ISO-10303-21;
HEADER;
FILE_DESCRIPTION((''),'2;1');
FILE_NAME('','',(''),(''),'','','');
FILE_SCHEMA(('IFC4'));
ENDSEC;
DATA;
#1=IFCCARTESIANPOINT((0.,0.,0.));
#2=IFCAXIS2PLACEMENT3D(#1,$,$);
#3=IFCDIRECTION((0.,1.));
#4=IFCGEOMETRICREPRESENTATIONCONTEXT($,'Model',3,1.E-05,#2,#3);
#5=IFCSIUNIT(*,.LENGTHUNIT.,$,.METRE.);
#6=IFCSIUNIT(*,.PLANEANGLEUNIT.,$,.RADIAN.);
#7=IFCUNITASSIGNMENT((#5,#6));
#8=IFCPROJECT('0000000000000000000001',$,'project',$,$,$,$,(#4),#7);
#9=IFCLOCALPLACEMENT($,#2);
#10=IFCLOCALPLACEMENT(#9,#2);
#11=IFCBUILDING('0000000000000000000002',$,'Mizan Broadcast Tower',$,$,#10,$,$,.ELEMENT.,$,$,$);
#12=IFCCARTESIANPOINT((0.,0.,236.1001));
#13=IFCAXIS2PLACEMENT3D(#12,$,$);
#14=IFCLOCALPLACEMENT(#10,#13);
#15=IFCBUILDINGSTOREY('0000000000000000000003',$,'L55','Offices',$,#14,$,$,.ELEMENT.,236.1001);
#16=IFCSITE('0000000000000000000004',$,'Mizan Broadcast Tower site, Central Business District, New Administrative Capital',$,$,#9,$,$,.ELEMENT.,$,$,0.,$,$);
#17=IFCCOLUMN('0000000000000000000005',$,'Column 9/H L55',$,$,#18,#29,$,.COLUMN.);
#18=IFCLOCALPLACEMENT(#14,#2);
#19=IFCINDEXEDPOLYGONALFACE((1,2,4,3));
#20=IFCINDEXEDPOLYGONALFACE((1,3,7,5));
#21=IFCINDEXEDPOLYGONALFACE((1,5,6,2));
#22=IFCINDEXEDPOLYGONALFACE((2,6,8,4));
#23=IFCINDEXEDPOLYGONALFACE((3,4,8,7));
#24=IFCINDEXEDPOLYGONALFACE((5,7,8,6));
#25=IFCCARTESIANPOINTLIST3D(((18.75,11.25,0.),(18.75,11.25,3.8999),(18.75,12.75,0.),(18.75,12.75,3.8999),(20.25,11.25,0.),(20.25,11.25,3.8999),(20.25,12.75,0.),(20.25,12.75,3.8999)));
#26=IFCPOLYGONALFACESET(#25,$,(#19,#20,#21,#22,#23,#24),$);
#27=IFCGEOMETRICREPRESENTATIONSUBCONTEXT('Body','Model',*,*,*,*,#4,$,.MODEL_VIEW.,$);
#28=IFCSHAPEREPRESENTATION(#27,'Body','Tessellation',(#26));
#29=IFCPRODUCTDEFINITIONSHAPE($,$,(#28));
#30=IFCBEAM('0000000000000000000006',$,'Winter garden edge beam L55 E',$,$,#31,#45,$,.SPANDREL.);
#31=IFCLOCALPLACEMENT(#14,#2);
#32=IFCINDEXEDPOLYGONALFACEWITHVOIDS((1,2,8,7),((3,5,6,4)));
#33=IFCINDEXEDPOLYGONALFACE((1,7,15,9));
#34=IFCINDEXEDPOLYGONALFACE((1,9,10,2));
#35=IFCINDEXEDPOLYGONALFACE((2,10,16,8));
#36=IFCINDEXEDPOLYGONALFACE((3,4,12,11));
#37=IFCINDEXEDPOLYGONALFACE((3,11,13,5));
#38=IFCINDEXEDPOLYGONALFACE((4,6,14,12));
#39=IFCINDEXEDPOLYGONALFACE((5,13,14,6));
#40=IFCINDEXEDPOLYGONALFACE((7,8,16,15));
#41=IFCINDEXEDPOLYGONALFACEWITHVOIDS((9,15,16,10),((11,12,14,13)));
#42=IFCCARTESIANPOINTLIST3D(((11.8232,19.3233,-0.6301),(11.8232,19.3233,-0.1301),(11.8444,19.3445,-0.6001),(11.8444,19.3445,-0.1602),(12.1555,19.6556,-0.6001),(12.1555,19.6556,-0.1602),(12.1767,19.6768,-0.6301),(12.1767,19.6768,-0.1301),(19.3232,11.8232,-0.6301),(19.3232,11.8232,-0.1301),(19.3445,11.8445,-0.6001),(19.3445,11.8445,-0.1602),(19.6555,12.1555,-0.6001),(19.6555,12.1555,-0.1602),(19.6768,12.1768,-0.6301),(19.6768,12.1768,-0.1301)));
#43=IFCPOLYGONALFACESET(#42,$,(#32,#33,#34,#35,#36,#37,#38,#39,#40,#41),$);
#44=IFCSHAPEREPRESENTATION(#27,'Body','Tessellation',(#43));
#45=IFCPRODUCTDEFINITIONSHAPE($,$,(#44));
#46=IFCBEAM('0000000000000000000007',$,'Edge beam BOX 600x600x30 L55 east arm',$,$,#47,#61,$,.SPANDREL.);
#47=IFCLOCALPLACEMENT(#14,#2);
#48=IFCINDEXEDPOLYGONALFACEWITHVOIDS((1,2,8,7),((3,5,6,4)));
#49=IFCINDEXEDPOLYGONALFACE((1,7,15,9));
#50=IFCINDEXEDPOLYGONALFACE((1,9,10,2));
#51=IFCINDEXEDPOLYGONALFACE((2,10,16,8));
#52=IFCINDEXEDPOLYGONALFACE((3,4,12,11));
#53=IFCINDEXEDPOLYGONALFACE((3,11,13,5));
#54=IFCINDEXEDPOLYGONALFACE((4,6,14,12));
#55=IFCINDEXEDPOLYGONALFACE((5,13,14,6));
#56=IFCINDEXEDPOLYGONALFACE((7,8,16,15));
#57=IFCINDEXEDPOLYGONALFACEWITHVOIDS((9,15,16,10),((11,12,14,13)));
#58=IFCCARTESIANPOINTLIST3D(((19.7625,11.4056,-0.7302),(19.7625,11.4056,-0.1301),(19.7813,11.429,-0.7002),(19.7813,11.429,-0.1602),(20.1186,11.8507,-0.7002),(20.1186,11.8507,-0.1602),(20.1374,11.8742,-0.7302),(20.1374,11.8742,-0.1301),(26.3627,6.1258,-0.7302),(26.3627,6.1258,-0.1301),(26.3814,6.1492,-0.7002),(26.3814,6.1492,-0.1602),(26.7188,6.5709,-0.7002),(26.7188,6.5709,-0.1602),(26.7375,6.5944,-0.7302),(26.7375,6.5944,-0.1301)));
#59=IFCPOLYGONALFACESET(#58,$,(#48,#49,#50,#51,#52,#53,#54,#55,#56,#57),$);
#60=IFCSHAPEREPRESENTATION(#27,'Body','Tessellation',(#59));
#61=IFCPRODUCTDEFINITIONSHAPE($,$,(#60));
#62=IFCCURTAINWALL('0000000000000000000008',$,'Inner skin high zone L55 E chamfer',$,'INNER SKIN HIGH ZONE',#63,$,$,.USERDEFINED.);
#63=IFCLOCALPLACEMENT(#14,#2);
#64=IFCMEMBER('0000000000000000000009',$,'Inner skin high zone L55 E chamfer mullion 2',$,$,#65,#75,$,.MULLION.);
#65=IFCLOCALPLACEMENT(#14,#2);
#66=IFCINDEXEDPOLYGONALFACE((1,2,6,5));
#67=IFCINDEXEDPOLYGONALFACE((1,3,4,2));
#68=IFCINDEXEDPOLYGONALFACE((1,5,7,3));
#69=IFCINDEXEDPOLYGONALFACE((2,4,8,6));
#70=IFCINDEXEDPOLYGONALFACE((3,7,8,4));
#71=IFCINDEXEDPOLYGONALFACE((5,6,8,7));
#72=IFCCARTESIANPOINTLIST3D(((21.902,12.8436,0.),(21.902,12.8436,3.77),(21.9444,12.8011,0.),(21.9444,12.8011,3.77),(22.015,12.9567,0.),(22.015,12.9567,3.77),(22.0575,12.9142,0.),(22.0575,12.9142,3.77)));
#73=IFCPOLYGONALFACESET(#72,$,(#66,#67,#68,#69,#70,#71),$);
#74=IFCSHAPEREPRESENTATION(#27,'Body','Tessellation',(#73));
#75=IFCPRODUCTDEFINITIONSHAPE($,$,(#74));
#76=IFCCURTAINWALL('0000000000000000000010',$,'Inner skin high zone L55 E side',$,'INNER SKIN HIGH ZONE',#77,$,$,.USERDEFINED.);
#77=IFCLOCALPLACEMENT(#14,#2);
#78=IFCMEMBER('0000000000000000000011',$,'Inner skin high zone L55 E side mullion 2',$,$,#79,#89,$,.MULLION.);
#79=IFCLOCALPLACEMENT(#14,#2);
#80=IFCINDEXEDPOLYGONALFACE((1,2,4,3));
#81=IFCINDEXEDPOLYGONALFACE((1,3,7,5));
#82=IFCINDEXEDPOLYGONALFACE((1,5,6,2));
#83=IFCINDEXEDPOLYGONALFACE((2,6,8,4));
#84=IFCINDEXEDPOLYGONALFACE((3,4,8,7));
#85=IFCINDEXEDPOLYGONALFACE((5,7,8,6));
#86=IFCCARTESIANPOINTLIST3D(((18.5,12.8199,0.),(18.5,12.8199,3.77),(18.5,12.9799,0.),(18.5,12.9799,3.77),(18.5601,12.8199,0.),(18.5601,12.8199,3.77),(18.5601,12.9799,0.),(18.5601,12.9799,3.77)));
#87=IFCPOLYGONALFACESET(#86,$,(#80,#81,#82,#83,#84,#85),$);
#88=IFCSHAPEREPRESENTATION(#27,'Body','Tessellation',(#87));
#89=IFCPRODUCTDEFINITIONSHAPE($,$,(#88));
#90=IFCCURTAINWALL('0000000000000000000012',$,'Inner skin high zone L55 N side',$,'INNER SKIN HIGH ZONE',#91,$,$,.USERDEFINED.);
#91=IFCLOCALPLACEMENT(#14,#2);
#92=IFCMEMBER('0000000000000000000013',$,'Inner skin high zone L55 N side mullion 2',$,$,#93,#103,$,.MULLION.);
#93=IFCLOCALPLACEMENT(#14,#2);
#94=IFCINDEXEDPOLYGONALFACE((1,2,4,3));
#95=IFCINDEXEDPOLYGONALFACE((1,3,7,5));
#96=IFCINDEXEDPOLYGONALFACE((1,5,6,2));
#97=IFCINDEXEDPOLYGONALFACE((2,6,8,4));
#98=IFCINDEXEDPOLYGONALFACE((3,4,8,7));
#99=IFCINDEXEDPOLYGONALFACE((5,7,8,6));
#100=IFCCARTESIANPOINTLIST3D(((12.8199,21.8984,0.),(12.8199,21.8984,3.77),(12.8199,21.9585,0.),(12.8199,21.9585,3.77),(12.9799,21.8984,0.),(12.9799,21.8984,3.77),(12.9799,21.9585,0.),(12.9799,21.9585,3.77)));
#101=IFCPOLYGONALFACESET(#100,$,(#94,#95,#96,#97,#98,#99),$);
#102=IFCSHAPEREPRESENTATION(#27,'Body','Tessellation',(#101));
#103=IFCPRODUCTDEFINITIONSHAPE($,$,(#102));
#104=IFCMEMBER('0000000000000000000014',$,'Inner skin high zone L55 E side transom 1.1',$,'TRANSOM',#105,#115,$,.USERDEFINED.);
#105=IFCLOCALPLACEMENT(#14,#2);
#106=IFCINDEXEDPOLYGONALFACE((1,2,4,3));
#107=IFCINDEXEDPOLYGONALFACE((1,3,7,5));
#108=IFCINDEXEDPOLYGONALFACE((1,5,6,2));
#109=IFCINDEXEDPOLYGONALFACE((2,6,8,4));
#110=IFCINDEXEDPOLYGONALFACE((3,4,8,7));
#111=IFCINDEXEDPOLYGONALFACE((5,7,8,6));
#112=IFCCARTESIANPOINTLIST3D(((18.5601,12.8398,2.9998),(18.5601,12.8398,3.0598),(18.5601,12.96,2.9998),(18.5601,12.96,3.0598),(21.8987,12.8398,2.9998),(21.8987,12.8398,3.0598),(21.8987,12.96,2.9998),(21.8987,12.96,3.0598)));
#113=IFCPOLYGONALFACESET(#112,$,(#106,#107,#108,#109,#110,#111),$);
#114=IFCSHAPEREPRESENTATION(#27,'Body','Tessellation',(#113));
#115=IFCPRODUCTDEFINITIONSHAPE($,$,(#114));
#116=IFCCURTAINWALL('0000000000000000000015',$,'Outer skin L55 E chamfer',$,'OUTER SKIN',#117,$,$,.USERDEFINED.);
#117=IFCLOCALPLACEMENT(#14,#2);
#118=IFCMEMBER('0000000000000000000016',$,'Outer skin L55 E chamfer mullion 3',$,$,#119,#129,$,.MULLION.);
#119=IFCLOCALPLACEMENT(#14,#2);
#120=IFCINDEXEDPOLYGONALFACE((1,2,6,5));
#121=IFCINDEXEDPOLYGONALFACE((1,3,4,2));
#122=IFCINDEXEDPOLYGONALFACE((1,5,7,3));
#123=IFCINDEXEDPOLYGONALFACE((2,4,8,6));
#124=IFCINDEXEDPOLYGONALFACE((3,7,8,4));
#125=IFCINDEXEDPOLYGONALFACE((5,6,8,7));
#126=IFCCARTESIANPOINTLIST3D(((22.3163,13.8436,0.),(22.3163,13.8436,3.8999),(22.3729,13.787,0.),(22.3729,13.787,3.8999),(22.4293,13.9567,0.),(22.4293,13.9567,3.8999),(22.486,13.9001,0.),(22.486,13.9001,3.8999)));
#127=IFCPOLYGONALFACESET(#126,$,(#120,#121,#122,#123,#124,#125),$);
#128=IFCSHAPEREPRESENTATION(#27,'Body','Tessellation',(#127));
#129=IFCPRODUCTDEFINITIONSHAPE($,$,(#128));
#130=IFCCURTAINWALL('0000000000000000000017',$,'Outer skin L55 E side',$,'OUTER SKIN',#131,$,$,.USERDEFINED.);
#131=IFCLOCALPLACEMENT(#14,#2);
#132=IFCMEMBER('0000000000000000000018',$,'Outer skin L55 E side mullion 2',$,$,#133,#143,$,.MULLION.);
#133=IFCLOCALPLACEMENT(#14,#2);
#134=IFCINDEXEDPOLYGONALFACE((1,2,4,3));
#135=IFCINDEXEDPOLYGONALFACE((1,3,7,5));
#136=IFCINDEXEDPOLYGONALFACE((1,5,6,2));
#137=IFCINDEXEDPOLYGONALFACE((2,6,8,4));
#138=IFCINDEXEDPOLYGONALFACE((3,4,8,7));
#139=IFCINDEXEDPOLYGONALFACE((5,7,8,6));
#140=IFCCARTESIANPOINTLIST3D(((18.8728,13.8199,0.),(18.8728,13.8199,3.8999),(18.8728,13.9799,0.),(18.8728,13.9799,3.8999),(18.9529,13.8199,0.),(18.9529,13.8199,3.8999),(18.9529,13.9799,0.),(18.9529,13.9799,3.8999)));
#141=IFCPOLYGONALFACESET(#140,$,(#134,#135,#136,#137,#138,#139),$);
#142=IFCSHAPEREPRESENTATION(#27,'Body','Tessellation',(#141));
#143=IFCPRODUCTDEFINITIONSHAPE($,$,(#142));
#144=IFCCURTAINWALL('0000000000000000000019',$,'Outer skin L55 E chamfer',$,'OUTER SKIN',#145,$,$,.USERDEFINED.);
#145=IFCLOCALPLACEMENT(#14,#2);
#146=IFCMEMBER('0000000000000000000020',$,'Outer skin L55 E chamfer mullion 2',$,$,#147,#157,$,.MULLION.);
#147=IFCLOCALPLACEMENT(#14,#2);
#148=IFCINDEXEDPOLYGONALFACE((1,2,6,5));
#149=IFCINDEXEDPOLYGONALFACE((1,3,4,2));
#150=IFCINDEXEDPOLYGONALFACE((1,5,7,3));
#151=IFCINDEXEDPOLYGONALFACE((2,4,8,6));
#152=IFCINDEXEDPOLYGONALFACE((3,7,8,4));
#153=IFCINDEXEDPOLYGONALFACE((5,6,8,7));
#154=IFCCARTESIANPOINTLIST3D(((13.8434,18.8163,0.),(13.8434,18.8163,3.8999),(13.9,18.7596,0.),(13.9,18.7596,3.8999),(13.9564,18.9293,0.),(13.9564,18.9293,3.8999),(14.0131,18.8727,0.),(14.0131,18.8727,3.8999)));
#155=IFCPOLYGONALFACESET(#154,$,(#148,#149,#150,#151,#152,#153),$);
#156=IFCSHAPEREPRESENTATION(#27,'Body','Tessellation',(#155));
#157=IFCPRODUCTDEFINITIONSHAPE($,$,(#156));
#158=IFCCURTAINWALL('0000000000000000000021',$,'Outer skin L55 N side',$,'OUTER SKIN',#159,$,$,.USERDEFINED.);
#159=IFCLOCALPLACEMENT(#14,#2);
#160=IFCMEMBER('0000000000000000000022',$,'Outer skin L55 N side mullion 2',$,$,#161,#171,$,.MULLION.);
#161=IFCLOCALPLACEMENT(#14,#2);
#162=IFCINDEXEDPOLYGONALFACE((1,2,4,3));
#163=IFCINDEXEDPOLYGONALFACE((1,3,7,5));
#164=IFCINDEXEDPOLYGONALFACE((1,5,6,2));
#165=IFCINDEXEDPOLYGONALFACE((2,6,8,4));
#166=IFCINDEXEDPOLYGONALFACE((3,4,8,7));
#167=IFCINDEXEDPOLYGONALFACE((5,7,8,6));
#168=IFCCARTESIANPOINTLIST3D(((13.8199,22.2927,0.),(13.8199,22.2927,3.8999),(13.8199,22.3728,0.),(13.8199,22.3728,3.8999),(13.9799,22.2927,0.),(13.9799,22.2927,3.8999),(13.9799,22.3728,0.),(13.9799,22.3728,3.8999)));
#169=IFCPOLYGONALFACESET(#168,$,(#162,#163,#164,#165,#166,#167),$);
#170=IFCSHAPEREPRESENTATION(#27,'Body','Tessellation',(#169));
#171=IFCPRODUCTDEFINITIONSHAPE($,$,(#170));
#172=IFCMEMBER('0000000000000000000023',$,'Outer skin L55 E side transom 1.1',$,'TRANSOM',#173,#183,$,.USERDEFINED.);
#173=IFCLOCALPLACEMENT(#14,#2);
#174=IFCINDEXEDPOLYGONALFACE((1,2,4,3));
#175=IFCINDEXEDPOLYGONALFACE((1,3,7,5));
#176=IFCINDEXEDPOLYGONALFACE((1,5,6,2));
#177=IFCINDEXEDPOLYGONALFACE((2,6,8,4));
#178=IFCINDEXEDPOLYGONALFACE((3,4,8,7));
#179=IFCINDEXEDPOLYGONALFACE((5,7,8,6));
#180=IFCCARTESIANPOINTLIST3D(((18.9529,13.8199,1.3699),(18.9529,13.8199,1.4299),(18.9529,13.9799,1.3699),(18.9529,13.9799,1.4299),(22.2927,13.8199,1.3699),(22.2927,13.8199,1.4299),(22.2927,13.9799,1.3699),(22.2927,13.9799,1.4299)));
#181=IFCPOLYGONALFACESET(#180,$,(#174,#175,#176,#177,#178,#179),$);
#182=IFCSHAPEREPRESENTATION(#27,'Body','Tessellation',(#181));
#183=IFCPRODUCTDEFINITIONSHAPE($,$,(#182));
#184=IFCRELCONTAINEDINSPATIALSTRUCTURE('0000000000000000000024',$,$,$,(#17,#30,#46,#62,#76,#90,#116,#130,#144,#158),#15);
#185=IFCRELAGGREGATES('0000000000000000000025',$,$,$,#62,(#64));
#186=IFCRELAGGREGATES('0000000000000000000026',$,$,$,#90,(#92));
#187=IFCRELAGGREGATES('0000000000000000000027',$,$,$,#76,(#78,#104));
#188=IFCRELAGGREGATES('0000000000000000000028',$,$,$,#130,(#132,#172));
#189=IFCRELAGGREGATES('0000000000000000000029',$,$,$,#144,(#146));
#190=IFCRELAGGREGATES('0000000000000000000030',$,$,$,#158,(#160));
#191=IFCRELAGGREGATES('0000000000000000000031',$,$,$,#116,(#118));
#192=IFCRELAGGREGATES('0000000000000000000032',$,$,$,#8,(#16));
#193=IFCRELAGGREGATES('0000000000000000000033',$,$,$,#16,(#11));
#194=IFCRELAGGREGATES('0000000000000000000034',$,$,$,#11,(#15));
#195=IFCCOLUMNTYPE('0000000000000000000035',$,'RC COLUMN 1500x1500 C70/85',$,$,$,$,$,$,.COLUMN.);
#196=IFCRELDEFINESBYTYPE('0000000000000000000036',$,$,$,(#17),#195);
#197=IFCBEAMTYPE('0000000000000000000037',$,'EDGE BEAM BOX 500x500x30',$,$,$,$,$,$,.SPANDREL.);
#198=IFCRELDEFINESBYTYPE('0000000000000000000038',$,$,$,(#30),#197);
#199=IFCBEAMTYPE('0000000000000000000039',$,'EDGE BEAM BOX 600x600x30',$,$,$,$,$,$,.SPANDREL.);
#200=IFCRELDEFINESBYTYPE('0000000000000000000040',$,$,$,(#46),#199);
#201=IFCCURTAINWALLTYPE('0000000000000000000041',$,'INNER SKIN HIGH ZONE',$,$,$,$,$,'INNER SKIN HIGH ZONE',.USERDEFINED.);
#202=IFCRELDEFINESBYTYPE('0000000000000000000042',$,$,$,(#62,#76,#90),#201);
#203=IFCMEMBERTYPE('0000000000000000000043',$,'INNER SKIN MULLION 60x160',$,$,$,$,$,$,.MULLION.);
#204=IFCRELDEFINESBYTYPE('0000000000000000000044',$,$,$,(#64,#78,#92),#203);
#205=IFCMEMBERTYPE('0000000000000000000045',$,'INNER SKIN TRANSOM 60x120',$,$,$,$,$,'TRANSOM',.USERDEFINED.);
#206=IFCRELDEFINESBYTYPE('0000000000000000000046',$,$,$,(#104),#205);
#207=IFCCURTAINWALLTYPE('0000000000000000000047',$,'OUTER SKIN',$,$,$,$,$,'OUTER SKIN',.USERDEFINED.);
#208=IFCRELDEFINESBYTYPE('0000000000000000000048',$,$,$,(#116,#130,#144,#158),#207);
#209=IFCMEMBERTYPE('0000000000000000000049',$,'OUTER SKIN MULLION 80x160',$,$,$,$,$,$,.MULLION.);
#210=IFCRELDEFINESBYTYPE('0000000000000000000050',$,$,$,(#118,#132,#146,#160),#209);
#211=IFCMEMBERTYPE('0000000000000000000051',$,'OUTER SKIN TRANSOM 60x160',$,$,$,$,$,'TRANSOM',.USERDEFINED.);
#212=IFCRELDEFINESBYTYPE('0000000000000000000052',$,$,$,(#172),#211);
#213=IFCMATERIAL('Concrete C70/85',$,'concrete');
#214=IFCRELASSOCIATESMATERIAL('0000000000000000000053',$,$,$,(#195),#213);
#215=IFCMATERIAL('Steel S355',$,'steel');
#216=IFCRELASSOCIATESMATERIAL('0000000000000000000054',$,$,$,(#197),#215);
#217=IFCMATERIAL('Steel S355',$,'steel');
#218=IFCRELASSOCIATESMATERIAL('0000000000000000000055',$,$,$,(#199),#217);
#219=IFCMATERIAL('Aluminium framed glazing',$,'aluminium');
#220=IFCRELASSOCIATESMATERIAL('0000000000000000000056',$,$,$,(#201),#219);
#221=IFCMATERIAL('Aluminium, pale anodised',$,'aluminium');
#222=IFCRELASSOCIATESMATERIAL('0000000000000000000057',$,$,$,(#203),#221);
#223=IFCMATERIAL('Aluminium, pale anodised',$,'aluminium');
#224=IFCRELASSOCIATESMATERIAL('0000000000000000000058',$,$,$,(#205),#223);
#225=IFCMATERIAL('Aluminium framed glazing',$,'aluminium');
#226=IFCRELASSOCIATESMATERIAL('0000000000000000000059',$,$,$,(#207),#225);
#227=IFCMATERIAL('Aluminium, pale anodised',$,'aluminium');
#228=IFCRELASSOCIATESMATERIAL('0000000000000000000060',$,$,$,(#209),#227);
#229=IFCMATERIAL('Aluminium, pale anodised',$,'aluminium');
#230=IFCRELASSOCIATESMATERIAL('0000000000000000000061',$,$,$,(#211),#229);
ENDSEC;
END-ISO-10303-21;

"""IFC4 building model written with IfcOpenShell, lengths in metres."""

from ifc_helpers import new_model, si_unit, direction, frame, origin, origin_2d, place, context, subcontext, project, spatial, rectangle, hollow_rectangle, extrude, material, material_profile, profile_set, type_object, element, aggregate, save


model = new_model("IFC4")

# Units and contexts
model_context = context("Model", 3, precision=1e-05, world=origin(), true_north=direction((0.0, 1.0)))
body_context = subcontext(model_context, "Body", "Model", "MODEL_VIEW")
ifc_project = project(units=[si_unit("LENGTHUNIT", "METRE"), si_unit("PLANEANGLEUNIT", "RADIAN")], contexts=[model_context])

# Site, building, storey
site_placement = place(None, origin())
site = spatial("IfcSite", under=ifc_project, at=site_placement, Name="Mizan Broadcast Tower site, Central Business District, New Administrative Capital", CompositionType="ELEMENT", RefElevation=0.0)
building_placement = place(site_placement, origin())
building = spatial("IfcBuilding", under=site, at=building_placement, Name="Mizan Broadcast Tower", CompositionType="ELEMENT")
storey_placement = place(building_placement, frame((0.0, 0.0, 236.1001)))
storey = spatial("IfcBuildingStorey", under=building, at=storey_placement, Name="L55", Description="Offices", CompositionType="ELEMENT", Elevation=236.1001)

# Column
ifc_material_1 = material(Name="Concrete C70/85", Category="concrete")
ifc_material_profile_1 = material_profile(ifc_material_1, rectangle(XDim=1.5, YDim=1.5, at=origin_2d()), Name="RC 1500x1500")
ifc_profile_set_1 = profile_set([ifc_material_profile_1], Name="Concrete C70/85")
column_type = type_object("IfcColumnType", Name="RC COLUMN 1500x1500 C70/85", PredefinedType="COLUMN", material=ifc_profile_set_1)
column_placement = place(storey_placement, frame((19.5, 12.0, 0.0), z_axis=(0.0, 0.0, 1.0), x_axis=(1.0, 0.0, 0.0)))
element("IfcColumn", 1, at=column_placement, inside=storey, type_object=column_type, Name="Column 9/H L55", PredefinedType="COLUMN", context=body_context, shape_type="SweptSolid", body=[
    extrude(rectangle(XDim=1.5, YDim=1.5, at=origin_2d()), origin(), (0.0, 0.0, 1.0), 3.8999),
])

# Beams
ifc_material_2 = material(Name="Steel S355", Category="steel")
ifc_material_profile_2 = material_profile(ifc_material_2, hollow_rectangle(XDim=0.5, YDim=0.5, WallThickness=0.03, at=origin_2d()), Name="BOX 500x500x30")
ifc_profile_set_2 = profile_set([ifc_material_profile_2], Name="Steel S355")
beam_type_1 = type_object("IfcBeamType", Name="EDGE BEAM BOX 500x500x30", PredefinedType="SPANDREL", material=ifc_profile_set_2)
beam_1_placement = place(storey_placement, frame((19.5, 12.0, -0.3801), z_axis=(-0.707107, 0.707107, 0.0), x_axis=(-0.707107, -0.707107, 0.0)))
element("IfcBeam", 2, at=beam_1_placement, inside=storey, type_object=beam_type_1, Name="Winter garden edge beam L55 E", PredefinedType="SPANDREL", context=body_context, shape_type="SweptSolid", body=[
    extrude(hollow_rectangle(XDim=0.5, YDim=0.5, WallThickness=0.03, at=origin_2d()), origin(), (0.0, 0.0, 1.0), 10.6067),
])
ifc_material_3 = material(Name="Steel S355", Category="steel")
ifc_material_profile_3 = material_profile(ifc_material_3, hollow_rectangle(XDim=0.6001, YDim=0.6001, WallThickness=0.03, at=origin_2d()), Name="BOX 600x600x30")
ifc_profile_set_3 = profile_set([ifc_material_profile_3], Name="Steel S355")
beam_type_2 = type_object("IfcBeamType", Name="EDGE BEAM BOX 600x600x30", PredefinedType="SPANDREL", material=ifc_profile_set_3)
beam_2_placement = place(storey_placement, frame((19.95, 11.6399, -0.4302), z_axis=(0.780886, -0.624674, 0.0), x_axis=(0.624674, 0.780886, 0.0)))
element("IfcBeam", 3, at=beam_2_placement, inside=storey, type_object=beam_type_2, Name="Edge beam BOX 600x600x30 L55 east arm", PredefinedType="SPANDREL", context=body_context, shape_type="SweptSolid", body=[
    extrude(hollow_rectangle(XDim=0.6001, YDim=0.6001, WallThickness=0.03, at=origin_2d()), origin(), (0.0, 0.0, 1.0), 8.4521),
])

# Curtain walls, members
ifc_material_4 = material(Name="Aluminium framed glazing", Category="aluminium")
curtain_wall_type_1 = type_object("IfcCurtainWallType", Name="INNER SKIN HIGH ZONE", ElementType="INNER SKIN HIGH ZONE", PredefinedType="USERDEFINED", material=ifc_material_4)
curtain_wall_1_placement = place(storey_placement, origin())
curtain_wall_1 = element("IfcCurtainWall", 4, at=curtain_wall_1_placement, inside=storey, type_object=curtain_wall_type_1, Name="Inner skin high zone L55 E chamfer", ObjectType="INNER SKIN HIGH ZONE", PredefinedType="USERDEFINED")
ifc_material_5 = material(Name="Aluminium, pale anodised", Category="aluminium")
ifc_material_profile_4 = material_profile(ifc_material_5, rectangle(XDim=0.1599, YDim=0.0601, at=origin_2d()), Name="MULLION 160x60")
ifc_profile_set_4 = profile_set([ifc_material_profile_4], Name="Aluminium, pale anodised")
member_type_1 = type_object("IfcMemberType", Name="INNER SKIN MULLION 60x160", PredefinedType="MULLION", material=ifc_profile_set_4)
member_1_placement = place(storey_placement, frame((21.9797, 12.8789, 0.0), z_axis=(0.0, 0.0, 1.0), x_axis=(-0.707107, -0.707107, 0.0)))
member_1 = element("IfcMember", 5, at=member_1_placement, type_object=member_type_1, Name="Inner skin high zone L55 E chamfer mullion 2", PredefinedType="MULLION", context=body_context, shape_type="SweptSolid", body=[
    extrude(rectangle(XDim=0.1599, YDim=0.0601, at=origin_2d()), origin(), (0.0, 0.0, 1.0), 3.77),
])
aggregate(curtain_wall_1, [member_1])
curtain_wall_2_placement = place(storey_placement, origin())
curtain_wall_2 = element("IfcCurtainWall", 6, at=curtain_wall_2_placement, inside=storey, type_object=curtain_wall_type_1, Name="Inner skin high zone L55 E side", ObjectType="INNER SKIN HIGH ZONE", PredefinedType="USERDEFINED")
member_2_placement = place(storey_placement, frame((18.53, 12.8999, 0.0), z_axis=(0.0, 0.0, 1.0), x_axis=(0.0, -1.0, 0.0)))
member_2 = element("IfcMember", 7, at=member_2_placement, type_object=member_type_1, Name="Inner skin high zone L55 E side mullion 2", PredefinedType="MULLION", context=body_context, shape_type="SweptSolid", body=[
    extrude(rectangle(XDim=0.1599, YDim=0.0601, at=origin_2d()), origin(), (0.0, 0.0, 1.0), 3.77),
])
curtain_wall_3_placement = place(storey_placement, origin())
curtain_wall_3 = element("IfcCurtainWall", 8, at=curtain_wall_3_placement, inside=storey, type_object=curtain_wall_type_1, Name="Inner skin high zone L55 N side", ObjectType="INNER SKIN HIGH ZONE", PredefinedType="USERDEFINED")
member_3_placement = place(storey_placement, frame((12.8999, 21.9285, 0.0), z_axis=(0.0, 0.0, 1.0), x_axis=(-1.0, 0.0, 0.0)))
member_3 = element("IfcMember", 9, at=member_3_placement, type_object=member_type_1, Name="Inner skin high zone L55 N side mullion 2", PredefinedType="MULLION", context=body_context, shape_type="SweptSolid", body=[
    extrude(rectangle(XDim=0.1599, YDim=0.0601, at=origin_2d()), origin(), (0.0, 0.0, 1.0), 3.77),
])
aggregate(curtain_wall_3, [member_3])

# Member
ifc_material_6 = material(Name="Aluminium, pale anodised", Category="aluminium")
ifc_material_profile_5 = material_profile(ifc_material_6, rectangle(XDim=0.1201, YDim=0.0601, at=origin_2d()), Name="TRANSOM 120x60")
ifc_profile_set_5 = profile_set([ifc_material_profile_5], Name="Aluminium, pale anodised")
member_type_2 = type_object("IfcMemberType", Name="INNER SKIN TRANSOM 60x120", ElementType="TRANSOM", PredefinedType="USERDEFINED", material=ifc_profile_set_5)
member_4_placement = place(storey_placement, frame((21.8987, 12.8999, 3.0298), z_axis=(-1.0, 0.0, 0.0), x_axis=(0.0, -1.0, 0.0)))
member_4 = element("IfcMember", 10, at=member_4_placement, type_object=member_type_2, Name="Inner skin high zone L55 E side transom 1.1", ObjectType="TRANSOM", PredefinedType="USERDEFINED", context=body_context, shape_type="SweptSolid", body=[
    extrude(rectangle(XDim=0.1201, YDim=0.0601, at=origin_2d()), origin(), (0.0, 0.0, 1.0), 3.3386),
])

# Curtain walls, members
ifc_material_7 = material(Name="Aluminium framed glazing", Category="aluminium")
curtain_wall_type_2 = type_object("IfcCurtainWallType", Name="OUTER SKIN", ElementType="OUTER SKIN", PredefinedType="USERDEFINED", material=ifc_material_7)
curtain_wall_4_placement = place(storey_placement, origin())
curtain_wall_4 = element("IfcCurtainWall", 11, at=curtain_wall_4_placement, inside=storey, type_object=curtain_wall_type_2, Name="Outer skin L55 E chamfer", ObjectType="OUTER SKIN", PredefinedType="USERDEFINED")
ifc_material_8 = material(Name="Aluminium, pale anodised", Category="aluminium")
ifc_material_profile_6 = material_profile(ifc_material_8, rectangle(XDim=0.1599, YDim=0.0801, at=origin_2d()), Name="MULLION 160x80")
ifc_profile_set_6 = profile_set([ifc_material_profile_6], Name="Aluminium, pale anodised")
member_type_3 = type_object("IfcMemberType", Name="OUTER SKIN MULLION 80x160", PredefinedType="MULLION", material=ifc_profile_set_6)
member_5_placement = place(storey_placement, frame((22.4011, 13.8718, 0.0), z_axis=(0.0, 0.0, 1.0), x_axis=(-0.707107, -0.707107, 0.0)))
member_5 = element("IfcMember", 12, at=member_5_placement, type_object=member_type_3, Name="Outer skin L55 E chamfer mullion 3", PredefinedType="MULLION", context=body_context, shape_type="SweptSolid", body=[
    extrude(rectangle(XDim=0.1599, YDim=0.0801, at=origin_2d()), origin(), (0.0, 0.0, 1.0), 3.8999),
])
curtain_wall_5_placement = place(storey_placement, origin())
curtain_wall_5 = element("IfcCurtainWall", 13, at=curtain_wall_5_placement, inside=storey, type_object=curtain_wall_type_2, Name="Outer skin L55 E side", ObjectType="OUTER SKIN", PredefinedType="USERDEFINED")
member_6_placement = place(storey_placement, frame((18.9128, 13.8999, 0.0), z_axis=(0.0, 0.0, 1.0), x_axis=(0.0, -1.0, 0.0)))
member_6 = element("IfcMember", 14, at=member_6_placement, type_object=member_type_3, Name="Outer skin L55 E side mullion 2", PredefinedType="MULLION", context=body_context, shape_type="SweptSolid", body=[
    extrude(rectangle(XDim=0.1599, YDim=0.0801, at=origin_2d()), origin(), (0.0, 0.0, 1.0), 3.8999),
])
curtain_wall_6_placement = place(storey_placement, origin())
curtain_wall_6 = element("IfcCurtainWall", 15, at=curtain_wall_6_placement, inside=storey, type_object=curtain_wall_type_2, Name="Outer skin L55 E chamfer", ObjectType="OUTER SKIN", PredefinedType="USERDEFINED")
member_7_placement = place(storey_placement, frame((13.9282, 18.8445, 0.0), z_axis=(0.0, 0.0, 1.0), x_axis=(-0.707107, -0.707107, 0.0)))
member_7 = element("IfcMember", 16, at=member_7_placement, type_object=member_type_3, Name="Outer skin L55 E chamfer mullion 2", PredefinedType="MULLION", context=body_context, shape_type="SweptSolid", body=[
    extrude(rectangle(XDim=0.1599, YDim=0.0801, at=origin_2d()), origin(), (0.0, 0.0, 1.0), 3.8999),
])
curtain_wall_7_placement = place(storey_placement, origin())
curtain_wall_7 = element("IfcCurtainWall", 17, at=curtain_wall_7_placement, inside=storey, type_object=curtain_wall_type_2, Name="Outer skin L55 N side", ObjectType="OUTER SKIN", PredefinedType="USERDEFINED")
member_8_placement = place(storey_placement, frame((13.8999, 22.3328, 0.0), z_axis=(0.0, 0.0, 1.0), x_axis=(-1.0, 0.0, 0.0)))
member_8 = element("IfcMember", 18, at=member_8_placement, type_object=member_type_3, Name="Outer skin L55 N side mullion 2", PredefinedType="MULLION", context=body_context, shape_type="SweptSolid", body=[
    extrude(rectangle(XDim=0.1599, YDim=0.0801, at=origin_2d()), origin(), (0.0, 0.0, 1.0), 3.8999),
])

# Member
ifc_material_9 = material(Name="Aluminium, pale anodised", Category="aluminium")
ifc_material_profile_7 = material_profile(ifc_material_9, rectangle(XDim=0.1599, YDim=0.0601, at=origin_2d()), Name="TRANSOM 160x60")
ifc_profile_set_7 = profile_set([ifc_material_profile_7], Name="Aluminium, pale anodised")
member_type_4 = type_object("IfcMemberType", Name="OUTER SKIN TRANSOM 60x160", ElementType="TRANSOM", PredefinedType="USERDEFINED", material=ifc_profile_set_7)
member_9_placement = place(storey_placement, frame((22.2927, 13.8999, 1.3999), z_axis=(-1.0, 0.0, 0.0), x_axis=(0.0, -1.0, 0.0)))
member_9 = element("IfcMember", 19, at=member_9_placement, type_object=member_type_4, Name="Outer skin L55 E side transom 1.1", ObjectType="TRANSOM", PredefinedType="USERDEFINED", context=body_context, shape_type="SweptSolid", body=[
    extrude(rectangle(XDim=0.1599, YDim=0.0601, at=origin_2d()), origin(), (0.0, 0.0, 1.0), 3.3398),
])

aggregate(curtain_wall_2, [member_2, member_4])
aggregate(curtain_wall_5, [member_6, member_9])
aggregate(curtain_wall_6, [member_7])
aggregate(curtain_wall_7, [member_8])
aggregate(curtain_wall_4, [member_5])

save(model, "model.ifc")
